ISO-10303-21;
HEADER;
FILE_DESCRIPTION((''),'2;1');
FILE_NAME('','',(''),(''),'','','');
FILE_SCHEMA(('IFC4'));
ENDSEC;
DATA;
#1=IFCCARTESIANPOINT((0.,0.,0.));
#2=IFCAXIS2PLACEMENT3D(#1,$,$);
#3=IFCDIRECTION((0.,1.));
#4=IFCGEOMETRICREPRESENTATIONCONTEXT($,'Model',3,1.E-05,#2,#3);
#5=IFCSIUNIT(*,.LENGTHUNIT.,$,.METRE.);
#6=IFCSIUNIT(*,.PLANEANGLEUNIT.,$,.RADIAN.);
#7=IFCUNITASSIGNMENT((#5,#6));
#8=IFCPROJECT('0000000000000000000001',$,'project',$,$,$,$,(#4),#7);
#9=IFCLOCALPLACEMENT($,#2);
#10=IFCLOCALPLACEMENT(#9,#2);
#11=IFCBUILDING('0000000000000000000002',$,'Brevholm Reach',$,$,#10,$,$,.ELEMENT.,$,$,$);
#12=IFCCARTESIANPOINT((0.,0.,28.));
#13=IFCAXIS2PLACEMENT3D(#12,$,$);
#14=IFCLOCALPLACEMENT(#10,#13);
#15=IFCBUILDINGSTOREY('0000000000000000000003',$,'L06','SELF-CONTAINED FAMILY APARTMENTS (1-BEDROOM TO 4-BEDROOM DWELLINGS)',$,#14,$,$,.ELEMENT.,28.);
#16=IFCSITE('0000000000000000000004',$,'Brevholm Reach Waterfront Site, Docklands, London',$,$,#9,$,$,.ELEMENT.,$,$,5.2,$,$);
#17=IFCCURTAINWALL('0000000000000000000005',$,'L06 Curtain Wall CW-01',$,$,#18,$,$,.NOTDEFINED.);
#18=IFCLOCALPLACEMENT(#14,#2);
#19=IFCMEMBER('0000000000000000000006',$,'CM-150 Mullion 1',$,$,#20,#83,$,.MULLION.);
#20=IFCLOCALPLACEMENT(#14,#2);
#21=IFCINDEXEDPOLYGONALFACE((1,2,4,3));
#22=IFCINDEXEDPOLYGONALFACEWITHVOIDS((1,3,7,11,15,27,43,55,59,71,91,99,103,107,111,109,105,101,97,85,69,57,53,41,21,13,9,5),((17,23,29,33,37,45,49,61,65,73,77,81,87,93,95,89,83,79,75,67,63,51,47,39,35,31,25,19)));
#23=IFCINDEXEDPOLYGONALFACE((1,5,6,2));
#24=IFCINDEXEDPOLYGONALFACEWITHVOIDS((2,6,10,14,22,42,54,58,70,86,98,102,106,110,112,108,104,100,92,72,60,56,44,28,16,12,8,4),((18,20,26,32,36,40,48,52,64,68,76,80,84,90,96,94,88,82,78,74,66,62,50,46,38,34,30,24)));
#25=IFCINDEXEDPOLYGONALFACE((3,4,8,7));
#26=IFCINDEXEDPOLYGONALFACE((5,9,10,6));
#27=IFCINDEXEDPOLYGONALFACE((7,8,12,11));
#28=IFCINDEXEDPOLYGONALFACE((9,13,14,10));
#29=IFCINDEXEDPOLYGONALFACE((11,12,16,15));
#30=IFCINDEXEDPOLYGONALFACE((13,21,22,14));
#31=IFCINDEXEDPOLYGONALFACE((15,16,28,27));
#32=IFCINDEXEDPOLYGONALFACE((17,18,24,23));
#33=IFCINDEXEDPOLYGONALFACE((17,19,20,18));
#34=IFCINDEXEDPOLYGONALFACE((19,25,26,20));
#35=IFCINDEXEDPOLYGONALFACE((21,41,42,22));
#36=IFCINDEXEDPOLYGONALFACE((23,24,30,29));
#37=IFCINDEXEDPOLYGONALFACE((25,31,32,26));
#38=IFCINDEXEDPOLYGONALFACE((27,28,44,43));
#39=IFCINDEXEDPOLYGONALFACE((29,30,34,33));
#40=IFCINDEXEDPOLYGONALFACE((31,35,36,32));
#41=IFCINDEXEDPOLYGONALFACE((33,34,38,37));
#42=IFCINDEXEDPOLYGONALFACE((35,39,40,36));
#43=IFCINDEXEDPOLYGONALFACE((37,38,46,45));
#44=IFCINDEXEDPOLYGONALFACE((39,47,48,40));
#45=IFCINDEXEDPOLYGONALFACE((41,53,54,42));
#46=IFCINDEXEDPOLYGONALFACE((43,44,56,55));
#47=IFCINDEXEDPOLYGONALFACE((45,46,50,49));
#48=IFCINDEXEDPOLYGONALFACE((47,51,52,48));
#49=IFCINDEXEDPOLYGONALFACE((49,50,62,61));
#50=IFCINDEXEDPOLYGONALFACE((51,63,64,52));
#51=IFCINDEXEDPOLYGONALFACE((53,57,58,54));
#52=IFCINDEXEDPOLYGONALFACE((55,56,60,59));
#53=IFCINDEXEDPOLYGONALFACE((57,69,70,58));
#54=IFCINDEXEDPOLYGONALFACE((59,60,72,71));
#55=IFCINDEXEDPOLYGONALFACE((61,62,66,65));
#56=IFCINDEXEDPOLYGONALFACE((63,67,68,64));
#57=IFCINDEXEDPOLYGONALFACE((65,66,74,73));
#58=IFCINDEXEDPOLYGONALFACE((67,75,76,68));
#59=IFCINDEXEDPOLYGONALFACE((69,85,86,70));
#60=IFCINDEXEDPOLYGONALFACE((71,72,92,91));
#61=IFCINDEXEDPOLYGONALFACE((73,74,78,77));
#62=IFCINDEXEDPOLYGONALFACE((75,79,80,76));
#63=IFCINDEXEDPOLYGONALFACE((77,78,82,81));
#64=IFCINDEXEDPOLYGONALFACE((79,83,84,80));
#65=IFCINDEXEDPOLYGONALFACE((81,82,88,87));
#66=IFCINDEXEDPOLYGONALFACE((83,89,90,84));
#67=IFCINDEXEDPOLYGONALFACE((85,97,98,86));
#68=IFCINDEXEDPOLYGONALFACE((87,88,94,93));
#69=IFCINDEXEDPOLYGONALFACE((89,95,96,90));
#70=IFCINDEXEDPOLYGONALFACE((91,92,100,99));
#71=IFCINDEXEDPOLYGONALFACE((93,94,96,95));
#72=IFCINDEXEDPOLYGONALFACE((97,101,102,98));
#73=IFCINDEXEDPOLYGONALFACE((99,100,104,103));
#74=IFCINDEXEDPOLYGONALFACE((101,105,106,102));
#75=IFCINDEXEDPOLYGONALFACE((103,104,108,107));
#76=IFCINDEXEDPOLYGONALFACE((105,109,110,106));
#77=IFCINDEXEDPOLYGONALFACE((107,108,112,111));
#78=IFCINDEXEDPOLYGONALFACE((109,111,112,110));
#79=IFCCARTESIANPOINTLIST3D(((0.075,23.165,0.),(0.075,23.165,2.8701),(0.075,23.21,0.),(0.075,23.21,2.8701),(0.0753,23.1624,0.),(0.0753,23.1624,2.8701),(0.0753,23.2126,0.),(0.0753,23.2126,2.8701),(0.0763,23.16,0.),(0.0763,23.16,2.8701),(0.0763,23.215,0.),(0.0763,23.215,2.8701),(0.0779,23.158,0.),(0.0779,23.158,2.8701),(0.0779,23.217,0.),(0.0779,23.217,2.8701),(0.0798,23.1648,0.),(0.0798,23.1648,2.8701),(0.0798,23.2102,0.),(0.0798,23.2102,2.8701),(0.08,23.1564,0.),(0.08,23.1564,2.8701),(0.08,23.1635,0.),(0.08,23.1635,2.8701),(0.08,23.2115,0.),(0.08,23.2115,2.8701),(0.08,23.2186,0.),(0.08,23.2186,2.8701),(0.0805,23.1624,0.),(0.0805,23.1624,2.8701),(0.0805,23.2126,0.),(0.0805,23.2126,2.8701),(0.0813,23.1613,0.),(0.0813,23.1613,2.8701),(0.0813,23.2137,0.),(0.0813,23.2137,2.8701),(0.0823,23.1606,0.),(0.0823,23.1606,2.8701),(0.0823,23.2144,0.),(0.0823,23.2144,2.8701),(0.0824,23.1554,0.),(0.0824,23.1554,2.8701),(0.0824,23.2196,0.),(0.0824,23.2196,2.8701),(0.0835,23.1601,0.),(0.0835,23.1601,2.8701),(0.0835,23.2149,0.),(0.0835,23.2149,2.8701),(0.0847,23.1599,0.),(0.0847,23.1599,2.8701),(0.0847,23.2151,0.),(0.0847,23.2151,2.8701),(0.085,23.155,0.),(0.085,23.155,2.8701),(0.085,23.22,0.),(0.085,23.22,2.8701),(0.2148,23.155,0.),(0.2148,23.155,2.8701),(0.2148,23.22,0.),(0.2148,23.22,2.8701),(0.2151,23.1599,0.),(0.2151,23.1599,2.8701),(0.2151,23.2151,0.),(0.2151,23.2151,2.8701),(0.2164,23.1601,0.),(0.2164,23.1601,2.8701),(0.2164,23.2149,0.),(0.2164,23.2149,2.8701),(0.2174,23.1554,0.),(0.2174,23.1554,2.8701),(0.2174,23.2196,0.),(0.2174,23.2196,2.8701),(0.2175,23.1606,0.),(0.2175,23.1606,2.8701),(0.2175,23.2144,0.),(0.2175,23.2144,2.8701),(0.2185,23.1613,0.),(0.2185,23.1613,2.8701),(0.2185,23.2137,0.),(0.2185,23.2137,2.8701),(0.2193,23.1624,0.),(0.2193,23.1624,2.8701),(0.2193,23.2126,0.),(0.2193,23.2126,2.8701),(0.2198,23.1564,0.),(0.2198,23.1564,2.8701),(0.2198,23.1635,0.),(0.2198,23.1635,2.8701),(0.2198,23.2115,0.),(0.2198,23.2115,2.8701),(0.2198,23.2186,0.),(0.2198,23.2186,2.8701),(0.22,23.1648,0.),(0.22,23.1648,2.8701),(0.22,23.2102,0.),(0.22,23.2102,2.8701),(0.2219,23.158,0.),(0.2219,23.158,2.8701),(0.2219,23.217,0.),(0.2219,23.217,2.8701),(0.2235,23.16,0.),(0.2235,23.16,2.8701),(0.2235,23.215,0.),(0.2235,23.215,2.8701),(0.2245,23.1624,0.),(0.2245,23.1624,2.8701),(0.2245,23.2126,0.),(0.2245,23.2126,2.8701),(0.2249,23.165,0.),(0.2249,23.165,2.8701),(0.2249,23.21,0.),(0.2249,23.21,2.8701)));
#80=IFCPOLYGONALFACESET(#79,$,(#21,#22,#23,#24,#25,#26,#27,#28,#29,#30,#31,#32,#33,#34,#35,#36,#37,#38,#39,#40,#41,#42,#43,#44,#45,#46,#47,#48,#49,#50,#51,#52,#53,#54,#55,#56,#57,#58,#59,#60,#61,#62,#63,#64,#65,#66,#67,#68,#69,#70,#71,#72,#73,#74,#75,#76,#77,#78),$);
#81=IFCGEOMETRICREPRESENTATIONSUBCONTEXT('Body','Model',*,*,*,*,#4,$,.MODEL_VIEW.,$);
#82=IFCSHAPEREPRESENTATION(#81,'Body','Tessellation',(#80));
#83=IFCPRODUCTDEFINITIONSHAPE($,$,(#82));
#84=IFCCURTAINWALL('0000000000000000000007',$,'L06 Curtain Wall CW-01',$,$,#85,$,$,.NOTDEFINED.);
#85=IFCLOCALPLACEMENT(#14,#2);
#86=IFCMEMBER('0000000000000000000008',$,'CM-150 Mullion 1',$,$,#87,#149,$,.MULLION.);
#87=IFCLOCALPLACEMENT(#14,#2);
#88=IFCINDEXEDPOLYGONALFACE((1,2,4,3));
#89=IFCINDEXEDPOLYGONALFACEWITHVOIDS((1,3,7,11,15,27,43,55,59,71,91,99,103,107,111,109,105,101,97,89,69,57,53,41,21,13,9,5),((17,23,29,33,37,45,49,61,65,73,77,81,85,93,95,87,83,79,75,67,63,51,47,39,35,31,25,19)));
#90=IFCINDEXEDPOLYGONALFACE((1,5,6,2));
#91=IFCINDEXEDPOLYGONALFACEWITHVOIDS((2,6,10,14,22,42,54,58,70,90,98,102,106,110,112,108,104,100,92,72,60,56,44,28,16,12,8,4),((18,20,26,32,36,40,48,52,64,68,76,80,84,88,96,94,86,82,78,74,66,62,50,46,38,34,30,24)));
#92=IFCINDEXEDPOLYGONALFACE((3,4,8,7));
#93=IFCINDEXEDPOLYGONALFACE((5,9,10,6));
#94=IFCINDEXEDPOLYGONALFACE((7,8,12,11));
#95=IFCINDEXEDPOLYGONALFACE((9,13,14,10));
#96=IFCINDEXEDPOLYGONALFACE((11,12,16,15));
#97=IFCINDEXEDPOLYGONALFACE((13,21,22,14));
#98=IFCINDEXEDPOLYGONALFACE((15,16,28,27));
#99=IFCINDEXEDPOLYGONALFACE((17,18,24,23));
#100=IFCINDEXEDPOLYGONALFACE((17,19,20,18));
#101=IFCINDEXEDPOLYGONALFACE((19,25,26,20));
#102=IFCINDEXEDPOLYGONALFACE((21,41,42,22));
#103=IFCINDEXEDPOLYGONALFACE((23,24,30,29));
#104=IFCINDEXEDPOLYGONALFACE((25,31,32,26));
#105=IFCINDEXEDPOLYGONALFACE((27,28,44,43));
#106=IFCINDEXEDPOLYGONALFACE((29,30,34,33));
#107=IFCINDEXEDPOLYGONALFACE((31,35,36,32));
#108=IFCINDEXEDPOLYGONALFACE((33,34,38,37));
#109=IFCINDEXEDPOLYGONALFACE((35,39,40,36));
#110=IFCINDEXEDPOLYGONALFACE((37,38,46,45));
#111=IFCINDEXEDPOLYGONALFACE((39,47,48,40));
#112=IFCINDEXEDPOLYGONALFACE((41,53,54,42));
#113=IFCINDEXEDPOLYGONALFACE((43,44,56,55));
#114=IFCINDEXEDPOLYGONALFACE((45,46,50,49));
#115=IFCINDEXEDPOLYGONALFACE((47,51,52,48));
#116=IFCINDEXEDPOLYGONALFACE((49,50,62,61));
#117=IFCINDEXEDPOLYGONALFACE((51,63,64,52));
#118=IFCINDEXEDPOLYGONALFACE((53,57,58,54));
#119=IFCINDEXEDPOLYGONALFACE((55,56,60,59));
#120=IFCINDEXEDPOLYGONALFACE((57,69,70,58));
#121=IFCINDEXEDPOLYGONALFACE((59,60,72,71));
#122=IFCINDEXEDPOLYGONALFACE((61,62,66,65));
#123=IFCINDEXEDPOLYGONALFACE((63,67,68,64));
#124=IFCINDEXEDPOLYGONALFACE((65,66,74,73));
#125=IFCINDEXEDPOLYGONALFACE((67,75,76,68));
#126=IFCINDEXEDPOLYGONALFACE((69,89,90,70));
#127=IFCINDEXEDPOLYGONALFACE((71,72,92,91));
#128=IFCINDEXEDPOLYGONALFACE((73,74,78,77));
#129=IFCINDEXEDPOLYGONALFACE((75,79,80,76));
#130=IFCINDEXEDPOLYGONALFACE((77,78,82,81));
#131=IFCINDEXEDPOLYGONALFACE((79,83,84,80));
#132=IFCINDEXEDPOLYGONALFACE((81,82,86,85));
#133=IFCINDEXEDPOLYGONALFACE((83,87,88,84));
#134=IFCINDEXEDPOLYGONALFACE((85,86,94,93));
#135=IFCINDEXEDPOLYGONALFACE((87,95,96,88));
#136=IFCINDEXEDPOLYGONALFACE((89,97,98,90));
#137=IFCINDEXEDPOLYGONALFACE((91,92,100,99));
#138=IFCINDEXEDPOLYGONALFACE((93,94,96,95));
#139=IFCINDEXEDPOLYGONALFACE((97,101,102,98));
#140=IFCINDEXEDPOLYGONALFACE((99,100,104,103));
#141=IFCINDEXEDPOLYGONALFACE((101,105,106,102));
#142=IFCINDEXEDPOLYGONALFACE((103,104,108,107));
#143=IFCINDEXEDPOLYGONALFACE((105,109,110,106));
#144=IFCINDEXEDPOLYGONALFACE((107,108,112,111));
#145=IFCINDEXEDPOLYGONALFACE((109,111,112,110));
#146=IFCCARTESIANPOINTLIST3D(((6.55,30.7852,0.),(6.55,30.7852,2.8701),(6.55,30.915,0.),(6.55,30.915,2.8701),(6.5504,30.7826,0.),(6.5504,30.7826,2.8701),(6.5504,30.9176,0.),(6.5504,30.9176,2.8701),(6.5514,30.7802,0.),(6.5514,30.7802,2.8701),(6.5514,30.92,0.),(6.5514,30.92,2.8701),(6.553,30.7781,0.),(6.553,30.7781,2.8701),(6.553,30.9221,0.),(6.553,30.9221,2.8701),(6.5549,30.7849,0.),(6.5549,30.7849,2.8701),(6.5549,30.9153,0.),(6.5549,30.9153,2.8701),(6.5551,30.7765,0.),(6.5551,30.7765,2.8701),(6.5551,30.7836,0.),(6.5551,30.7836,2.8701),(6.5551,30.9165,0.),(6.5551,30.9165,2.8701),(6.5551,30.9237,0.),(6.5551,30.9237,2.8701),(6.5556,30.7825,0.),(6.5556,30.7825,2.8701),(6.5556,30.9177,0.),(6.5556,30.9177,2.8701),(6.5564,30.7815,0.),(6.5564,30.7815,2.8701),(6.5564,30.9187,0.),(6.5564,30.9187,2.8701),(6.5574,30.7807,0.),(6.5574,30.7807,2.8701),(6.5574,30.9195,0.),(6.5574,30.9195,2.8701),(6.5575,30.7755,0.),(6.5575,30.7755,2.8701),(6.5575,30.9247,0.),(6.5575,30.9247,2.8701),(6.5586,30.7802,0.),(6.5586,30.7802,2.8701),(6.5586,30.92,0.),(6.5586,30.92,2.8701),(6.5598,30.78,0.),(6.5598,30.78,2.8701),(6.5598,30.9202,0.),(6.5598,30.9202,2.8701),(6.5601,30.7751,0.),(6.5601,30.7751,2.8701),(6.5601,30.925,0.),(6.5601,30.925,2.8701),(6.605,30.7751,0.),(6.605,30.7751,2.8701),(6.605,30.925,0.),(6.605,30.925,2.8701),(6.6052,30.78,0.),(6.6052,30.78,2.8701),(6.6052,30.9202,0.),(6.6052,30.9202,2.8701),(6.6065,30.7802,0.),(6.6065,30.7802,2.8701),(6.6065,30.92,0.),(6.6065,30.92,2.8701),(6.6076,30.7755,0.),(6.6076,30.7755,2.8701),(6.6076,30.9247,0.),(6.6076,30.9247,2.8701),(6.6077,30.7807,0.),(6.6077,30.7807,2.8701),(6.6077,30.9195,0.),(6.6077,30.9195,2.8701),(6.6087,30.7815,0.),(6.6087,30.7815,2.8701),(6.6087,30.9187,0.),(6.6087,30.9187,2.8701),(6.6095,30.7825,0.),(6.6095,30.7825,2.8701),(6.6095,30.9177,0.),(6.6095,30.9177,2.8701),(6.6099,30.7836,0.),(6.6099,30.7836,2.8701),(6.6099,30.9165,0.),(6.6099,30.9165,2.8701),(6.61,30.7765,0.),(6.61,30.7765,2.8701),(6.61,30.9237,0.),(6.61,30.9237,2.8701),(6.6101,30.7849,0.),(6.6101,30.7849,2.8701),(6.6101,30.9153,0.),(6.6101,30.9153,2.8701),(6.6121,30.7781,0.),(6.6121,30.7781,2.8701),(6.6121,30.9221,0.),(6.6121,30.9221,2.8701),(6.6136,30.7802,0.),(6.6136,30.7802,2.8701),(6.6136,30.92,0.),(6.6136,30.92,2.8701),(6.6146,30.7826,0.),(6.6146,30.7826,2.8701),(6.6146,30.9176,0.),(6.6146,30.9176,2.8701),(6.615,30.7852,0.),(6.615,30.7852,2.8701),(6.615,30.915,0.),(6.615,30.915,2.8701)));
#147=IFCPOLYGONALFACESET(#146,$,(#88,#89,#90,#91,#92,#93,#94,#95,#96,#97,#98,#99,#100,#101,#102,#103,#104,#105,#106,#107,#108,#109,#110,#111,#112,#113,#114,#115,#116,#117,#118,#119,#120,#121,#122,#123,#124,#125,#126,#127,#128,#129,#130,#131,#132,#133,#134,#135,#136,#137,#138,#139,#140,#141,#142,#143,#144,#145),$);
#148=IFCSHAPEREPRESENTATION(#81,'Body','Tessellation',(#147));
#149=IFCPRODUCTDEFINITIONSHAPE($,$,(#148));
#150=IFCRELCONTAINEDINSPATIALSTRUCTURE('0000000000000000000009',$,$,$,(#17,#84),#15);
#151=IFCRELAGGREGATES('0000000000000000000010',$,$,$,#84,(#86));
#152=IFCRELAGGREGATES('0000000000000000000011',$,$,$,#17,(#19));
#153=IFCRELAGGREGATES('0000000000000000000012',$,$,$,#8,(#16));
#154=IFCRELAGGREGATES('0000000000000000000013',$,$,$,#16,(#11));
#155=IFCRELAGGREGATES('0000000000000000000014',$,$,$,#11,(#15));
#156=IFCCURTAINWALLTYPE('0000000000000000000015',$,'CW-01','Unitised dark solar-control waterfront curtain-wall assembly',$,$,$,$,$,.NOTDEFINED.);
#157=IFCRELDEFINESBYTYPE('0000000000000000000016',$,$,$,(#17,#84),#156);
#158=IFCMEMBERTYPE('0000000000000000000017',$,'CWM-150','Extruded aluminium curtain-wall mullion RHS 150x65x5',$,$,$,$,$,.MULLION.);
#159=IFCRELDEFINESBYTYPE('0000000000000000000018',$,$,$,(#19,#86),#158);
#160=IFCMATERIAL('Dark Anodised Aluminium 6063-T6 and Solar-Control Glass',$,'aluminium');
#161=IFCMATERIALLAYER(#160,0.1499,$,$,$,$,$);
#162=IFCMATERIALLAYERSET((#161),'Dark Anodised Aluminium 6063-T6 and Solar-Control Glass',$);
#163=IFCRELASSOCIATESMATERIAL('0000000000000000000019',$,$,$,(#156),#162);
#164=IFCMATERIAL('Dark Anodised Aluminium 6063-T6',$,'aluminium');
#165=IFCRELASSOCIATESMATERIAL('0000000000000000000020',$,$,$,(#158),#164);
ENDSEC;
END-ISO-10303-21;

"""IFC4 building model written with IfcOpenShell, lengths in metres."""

from ifc_helpers import new_model, si_unit, direction, frame, origin, origin_2d, place, context, subcontext, project, spatial, hollow_rectangle, extrude, material, layer, layer_set, material_profile, profile_set, type_object, element, aggregate, save


model = new_model("IFC4")

# Units and contexts
model_context = context("Model", 3, precision=1e-05, world=origin(), true_north=direction((0.0, 1.0)))
body_context = subcontext(model_context, "Body", "Model", "MODEL_VIEW")
ifc_project = project(units=[si_unit("LENGTHUNIT", "METRE"), si_unit("PLANEANGLEUNIT", "RADIAN")], contexts=[model_context])

# Site, building, storey
site_placement = place(None, origin())
site = spatial("IfcSite", under=ifc_project, at=site_placement, Name="Brevholm Reach Waterfront Site, Docklands, London", CompositionType="ELEMENT", RefElevation=5.2)
building_placement = place(site_placement, origin())
building = spatial("IfcBuilding", under=site, at=building_placement, Name="Brevholm Reach", CompositionType="ELEMENT")
storey_placement = place(building_placement, frame((0.0, 0.0, 28.0)))
storey = spatial("IfcBuildingStorey", under=building, at=storey_placement, Name="L06", Description="SELF-CONTAINED FAMILY APARTMENTS (1-BEDROOM TO 4-BEDROOM DWELLINGS)", CompositionType="ELEMENT", Elevation=28.0)

# Curtain walls, members
ifc_material_1 = material(Name="Dark Anodised Aluminium 6063-T6 and Solar-Control Glass", Category="aluminium")
ifc_layer_1 = layer(ifc_material_1, 0.1499)
ifc_layer_set_1 = layer_set([ifc_layer_1], Name="Dark Anodised Aluminium 6063-T6 and Solar-Control Glass")
curtain_wall_type = type_object("IfcCurtainWallType", Name="CW-01", Description="Unitised dark solar-control waterfront curtain-wall assembly", PredefinedType="NOTDEFINED", material=ifc_layer_set_1)
curtain_wall_1_placement = place(storey_placement, origin())
curtain_wall_1 = element("IfcCurtainWall", 1, at=curtain_wall_1_placement, inside=storey, type_object=curtain_wall_type, Name="L06 Curtain Wall CW-01", PredefinedType="NOTDEFINED")
ifc_material_2 = material(Name="Dark Anodised Aluminium 6063-T6", Category="aluminium")
ifc_material_profile_1 = material_profile(ifc_material_2, hollow_rectangle(XDim=0.0649, YDim=0.1499, WallThickness=0.0049, InnerFilletRadius=0.0049, OuterFilletRadius=0.01, at=origin_2d()), Name="RHS 150x65x5")
ifc_profile_set_1 = profile_set([ifc_material_profile_1], Name="Dark Anodised Aluminium 6063-T6")
member_type_1 = type_object("IfcMemberType", Name="CWM-150", Description="Extruded aluminium curtain-wall mullion RHS 150x65x5", PredefinedType="MULLION", material=ifc_profile_set_1)
member_1_placement = place(storey_placement, frame((0.1499, 23.1875, 0.0), z_axis=(0.0, 0.0, 1.0), x_axis=(0.0, -1.0, 0.0)))
member_1 = element("IfcMember", 2, at=member_1_placement, type_object=member_type_1, Name="CM-150 Mullion 1", PredefinedType="MULLION", context=body_context, shape_type="SweptSolid", body=[
    extrude(hollow_rectangle(XDim=0.0649, YDim=0.1499, WallThickness=0.0049, InnerFilletRadius=0.0049, OuterFilletRadius=0.01, at=origin_2d()), origin(), (0.0, 0.0, 1.0), 2.8701),
])
curtain_wall_2_placement = place(storey_placement, origin())
curtain_wall_2 = element("IfcCurtainWall", 3, at=curtain_wall_2_placement, inside=storey, type_object=curtain_wall_type, Name="L06 Curtain Wall CW-01", PredefinedType="NOTDEFINED")
member_2_placement = place(storey_placement, frame((6.5825, 30.8501, 0.0), z_axis=(0.0, 0.0, 1.0), x_axis=(1.0, 0.0, 0.0)))
member_2 = element("IfcMember", 4, at=member_2_placement, type_object=member_type_1, Name="CM-150 Mullion 1", PredefinedType="MULLION", context=body_context, shape_type="SweptSolid", body=[
    extrude(hollow_rectangle(XDim=0.0649, YDim=0.1499, WallThickness=0.0049, InnerFilletRadius=0.0049, OuterFilletRadius=0.01, at=origin_2d()), origin(), (0.0, 0.0, 1.0), 2.8701),
])

aggregate(curtain_wall_2, [member_2])

aggregate(curtain_wall_1, [member_1])

save(model, "model.ifc")
